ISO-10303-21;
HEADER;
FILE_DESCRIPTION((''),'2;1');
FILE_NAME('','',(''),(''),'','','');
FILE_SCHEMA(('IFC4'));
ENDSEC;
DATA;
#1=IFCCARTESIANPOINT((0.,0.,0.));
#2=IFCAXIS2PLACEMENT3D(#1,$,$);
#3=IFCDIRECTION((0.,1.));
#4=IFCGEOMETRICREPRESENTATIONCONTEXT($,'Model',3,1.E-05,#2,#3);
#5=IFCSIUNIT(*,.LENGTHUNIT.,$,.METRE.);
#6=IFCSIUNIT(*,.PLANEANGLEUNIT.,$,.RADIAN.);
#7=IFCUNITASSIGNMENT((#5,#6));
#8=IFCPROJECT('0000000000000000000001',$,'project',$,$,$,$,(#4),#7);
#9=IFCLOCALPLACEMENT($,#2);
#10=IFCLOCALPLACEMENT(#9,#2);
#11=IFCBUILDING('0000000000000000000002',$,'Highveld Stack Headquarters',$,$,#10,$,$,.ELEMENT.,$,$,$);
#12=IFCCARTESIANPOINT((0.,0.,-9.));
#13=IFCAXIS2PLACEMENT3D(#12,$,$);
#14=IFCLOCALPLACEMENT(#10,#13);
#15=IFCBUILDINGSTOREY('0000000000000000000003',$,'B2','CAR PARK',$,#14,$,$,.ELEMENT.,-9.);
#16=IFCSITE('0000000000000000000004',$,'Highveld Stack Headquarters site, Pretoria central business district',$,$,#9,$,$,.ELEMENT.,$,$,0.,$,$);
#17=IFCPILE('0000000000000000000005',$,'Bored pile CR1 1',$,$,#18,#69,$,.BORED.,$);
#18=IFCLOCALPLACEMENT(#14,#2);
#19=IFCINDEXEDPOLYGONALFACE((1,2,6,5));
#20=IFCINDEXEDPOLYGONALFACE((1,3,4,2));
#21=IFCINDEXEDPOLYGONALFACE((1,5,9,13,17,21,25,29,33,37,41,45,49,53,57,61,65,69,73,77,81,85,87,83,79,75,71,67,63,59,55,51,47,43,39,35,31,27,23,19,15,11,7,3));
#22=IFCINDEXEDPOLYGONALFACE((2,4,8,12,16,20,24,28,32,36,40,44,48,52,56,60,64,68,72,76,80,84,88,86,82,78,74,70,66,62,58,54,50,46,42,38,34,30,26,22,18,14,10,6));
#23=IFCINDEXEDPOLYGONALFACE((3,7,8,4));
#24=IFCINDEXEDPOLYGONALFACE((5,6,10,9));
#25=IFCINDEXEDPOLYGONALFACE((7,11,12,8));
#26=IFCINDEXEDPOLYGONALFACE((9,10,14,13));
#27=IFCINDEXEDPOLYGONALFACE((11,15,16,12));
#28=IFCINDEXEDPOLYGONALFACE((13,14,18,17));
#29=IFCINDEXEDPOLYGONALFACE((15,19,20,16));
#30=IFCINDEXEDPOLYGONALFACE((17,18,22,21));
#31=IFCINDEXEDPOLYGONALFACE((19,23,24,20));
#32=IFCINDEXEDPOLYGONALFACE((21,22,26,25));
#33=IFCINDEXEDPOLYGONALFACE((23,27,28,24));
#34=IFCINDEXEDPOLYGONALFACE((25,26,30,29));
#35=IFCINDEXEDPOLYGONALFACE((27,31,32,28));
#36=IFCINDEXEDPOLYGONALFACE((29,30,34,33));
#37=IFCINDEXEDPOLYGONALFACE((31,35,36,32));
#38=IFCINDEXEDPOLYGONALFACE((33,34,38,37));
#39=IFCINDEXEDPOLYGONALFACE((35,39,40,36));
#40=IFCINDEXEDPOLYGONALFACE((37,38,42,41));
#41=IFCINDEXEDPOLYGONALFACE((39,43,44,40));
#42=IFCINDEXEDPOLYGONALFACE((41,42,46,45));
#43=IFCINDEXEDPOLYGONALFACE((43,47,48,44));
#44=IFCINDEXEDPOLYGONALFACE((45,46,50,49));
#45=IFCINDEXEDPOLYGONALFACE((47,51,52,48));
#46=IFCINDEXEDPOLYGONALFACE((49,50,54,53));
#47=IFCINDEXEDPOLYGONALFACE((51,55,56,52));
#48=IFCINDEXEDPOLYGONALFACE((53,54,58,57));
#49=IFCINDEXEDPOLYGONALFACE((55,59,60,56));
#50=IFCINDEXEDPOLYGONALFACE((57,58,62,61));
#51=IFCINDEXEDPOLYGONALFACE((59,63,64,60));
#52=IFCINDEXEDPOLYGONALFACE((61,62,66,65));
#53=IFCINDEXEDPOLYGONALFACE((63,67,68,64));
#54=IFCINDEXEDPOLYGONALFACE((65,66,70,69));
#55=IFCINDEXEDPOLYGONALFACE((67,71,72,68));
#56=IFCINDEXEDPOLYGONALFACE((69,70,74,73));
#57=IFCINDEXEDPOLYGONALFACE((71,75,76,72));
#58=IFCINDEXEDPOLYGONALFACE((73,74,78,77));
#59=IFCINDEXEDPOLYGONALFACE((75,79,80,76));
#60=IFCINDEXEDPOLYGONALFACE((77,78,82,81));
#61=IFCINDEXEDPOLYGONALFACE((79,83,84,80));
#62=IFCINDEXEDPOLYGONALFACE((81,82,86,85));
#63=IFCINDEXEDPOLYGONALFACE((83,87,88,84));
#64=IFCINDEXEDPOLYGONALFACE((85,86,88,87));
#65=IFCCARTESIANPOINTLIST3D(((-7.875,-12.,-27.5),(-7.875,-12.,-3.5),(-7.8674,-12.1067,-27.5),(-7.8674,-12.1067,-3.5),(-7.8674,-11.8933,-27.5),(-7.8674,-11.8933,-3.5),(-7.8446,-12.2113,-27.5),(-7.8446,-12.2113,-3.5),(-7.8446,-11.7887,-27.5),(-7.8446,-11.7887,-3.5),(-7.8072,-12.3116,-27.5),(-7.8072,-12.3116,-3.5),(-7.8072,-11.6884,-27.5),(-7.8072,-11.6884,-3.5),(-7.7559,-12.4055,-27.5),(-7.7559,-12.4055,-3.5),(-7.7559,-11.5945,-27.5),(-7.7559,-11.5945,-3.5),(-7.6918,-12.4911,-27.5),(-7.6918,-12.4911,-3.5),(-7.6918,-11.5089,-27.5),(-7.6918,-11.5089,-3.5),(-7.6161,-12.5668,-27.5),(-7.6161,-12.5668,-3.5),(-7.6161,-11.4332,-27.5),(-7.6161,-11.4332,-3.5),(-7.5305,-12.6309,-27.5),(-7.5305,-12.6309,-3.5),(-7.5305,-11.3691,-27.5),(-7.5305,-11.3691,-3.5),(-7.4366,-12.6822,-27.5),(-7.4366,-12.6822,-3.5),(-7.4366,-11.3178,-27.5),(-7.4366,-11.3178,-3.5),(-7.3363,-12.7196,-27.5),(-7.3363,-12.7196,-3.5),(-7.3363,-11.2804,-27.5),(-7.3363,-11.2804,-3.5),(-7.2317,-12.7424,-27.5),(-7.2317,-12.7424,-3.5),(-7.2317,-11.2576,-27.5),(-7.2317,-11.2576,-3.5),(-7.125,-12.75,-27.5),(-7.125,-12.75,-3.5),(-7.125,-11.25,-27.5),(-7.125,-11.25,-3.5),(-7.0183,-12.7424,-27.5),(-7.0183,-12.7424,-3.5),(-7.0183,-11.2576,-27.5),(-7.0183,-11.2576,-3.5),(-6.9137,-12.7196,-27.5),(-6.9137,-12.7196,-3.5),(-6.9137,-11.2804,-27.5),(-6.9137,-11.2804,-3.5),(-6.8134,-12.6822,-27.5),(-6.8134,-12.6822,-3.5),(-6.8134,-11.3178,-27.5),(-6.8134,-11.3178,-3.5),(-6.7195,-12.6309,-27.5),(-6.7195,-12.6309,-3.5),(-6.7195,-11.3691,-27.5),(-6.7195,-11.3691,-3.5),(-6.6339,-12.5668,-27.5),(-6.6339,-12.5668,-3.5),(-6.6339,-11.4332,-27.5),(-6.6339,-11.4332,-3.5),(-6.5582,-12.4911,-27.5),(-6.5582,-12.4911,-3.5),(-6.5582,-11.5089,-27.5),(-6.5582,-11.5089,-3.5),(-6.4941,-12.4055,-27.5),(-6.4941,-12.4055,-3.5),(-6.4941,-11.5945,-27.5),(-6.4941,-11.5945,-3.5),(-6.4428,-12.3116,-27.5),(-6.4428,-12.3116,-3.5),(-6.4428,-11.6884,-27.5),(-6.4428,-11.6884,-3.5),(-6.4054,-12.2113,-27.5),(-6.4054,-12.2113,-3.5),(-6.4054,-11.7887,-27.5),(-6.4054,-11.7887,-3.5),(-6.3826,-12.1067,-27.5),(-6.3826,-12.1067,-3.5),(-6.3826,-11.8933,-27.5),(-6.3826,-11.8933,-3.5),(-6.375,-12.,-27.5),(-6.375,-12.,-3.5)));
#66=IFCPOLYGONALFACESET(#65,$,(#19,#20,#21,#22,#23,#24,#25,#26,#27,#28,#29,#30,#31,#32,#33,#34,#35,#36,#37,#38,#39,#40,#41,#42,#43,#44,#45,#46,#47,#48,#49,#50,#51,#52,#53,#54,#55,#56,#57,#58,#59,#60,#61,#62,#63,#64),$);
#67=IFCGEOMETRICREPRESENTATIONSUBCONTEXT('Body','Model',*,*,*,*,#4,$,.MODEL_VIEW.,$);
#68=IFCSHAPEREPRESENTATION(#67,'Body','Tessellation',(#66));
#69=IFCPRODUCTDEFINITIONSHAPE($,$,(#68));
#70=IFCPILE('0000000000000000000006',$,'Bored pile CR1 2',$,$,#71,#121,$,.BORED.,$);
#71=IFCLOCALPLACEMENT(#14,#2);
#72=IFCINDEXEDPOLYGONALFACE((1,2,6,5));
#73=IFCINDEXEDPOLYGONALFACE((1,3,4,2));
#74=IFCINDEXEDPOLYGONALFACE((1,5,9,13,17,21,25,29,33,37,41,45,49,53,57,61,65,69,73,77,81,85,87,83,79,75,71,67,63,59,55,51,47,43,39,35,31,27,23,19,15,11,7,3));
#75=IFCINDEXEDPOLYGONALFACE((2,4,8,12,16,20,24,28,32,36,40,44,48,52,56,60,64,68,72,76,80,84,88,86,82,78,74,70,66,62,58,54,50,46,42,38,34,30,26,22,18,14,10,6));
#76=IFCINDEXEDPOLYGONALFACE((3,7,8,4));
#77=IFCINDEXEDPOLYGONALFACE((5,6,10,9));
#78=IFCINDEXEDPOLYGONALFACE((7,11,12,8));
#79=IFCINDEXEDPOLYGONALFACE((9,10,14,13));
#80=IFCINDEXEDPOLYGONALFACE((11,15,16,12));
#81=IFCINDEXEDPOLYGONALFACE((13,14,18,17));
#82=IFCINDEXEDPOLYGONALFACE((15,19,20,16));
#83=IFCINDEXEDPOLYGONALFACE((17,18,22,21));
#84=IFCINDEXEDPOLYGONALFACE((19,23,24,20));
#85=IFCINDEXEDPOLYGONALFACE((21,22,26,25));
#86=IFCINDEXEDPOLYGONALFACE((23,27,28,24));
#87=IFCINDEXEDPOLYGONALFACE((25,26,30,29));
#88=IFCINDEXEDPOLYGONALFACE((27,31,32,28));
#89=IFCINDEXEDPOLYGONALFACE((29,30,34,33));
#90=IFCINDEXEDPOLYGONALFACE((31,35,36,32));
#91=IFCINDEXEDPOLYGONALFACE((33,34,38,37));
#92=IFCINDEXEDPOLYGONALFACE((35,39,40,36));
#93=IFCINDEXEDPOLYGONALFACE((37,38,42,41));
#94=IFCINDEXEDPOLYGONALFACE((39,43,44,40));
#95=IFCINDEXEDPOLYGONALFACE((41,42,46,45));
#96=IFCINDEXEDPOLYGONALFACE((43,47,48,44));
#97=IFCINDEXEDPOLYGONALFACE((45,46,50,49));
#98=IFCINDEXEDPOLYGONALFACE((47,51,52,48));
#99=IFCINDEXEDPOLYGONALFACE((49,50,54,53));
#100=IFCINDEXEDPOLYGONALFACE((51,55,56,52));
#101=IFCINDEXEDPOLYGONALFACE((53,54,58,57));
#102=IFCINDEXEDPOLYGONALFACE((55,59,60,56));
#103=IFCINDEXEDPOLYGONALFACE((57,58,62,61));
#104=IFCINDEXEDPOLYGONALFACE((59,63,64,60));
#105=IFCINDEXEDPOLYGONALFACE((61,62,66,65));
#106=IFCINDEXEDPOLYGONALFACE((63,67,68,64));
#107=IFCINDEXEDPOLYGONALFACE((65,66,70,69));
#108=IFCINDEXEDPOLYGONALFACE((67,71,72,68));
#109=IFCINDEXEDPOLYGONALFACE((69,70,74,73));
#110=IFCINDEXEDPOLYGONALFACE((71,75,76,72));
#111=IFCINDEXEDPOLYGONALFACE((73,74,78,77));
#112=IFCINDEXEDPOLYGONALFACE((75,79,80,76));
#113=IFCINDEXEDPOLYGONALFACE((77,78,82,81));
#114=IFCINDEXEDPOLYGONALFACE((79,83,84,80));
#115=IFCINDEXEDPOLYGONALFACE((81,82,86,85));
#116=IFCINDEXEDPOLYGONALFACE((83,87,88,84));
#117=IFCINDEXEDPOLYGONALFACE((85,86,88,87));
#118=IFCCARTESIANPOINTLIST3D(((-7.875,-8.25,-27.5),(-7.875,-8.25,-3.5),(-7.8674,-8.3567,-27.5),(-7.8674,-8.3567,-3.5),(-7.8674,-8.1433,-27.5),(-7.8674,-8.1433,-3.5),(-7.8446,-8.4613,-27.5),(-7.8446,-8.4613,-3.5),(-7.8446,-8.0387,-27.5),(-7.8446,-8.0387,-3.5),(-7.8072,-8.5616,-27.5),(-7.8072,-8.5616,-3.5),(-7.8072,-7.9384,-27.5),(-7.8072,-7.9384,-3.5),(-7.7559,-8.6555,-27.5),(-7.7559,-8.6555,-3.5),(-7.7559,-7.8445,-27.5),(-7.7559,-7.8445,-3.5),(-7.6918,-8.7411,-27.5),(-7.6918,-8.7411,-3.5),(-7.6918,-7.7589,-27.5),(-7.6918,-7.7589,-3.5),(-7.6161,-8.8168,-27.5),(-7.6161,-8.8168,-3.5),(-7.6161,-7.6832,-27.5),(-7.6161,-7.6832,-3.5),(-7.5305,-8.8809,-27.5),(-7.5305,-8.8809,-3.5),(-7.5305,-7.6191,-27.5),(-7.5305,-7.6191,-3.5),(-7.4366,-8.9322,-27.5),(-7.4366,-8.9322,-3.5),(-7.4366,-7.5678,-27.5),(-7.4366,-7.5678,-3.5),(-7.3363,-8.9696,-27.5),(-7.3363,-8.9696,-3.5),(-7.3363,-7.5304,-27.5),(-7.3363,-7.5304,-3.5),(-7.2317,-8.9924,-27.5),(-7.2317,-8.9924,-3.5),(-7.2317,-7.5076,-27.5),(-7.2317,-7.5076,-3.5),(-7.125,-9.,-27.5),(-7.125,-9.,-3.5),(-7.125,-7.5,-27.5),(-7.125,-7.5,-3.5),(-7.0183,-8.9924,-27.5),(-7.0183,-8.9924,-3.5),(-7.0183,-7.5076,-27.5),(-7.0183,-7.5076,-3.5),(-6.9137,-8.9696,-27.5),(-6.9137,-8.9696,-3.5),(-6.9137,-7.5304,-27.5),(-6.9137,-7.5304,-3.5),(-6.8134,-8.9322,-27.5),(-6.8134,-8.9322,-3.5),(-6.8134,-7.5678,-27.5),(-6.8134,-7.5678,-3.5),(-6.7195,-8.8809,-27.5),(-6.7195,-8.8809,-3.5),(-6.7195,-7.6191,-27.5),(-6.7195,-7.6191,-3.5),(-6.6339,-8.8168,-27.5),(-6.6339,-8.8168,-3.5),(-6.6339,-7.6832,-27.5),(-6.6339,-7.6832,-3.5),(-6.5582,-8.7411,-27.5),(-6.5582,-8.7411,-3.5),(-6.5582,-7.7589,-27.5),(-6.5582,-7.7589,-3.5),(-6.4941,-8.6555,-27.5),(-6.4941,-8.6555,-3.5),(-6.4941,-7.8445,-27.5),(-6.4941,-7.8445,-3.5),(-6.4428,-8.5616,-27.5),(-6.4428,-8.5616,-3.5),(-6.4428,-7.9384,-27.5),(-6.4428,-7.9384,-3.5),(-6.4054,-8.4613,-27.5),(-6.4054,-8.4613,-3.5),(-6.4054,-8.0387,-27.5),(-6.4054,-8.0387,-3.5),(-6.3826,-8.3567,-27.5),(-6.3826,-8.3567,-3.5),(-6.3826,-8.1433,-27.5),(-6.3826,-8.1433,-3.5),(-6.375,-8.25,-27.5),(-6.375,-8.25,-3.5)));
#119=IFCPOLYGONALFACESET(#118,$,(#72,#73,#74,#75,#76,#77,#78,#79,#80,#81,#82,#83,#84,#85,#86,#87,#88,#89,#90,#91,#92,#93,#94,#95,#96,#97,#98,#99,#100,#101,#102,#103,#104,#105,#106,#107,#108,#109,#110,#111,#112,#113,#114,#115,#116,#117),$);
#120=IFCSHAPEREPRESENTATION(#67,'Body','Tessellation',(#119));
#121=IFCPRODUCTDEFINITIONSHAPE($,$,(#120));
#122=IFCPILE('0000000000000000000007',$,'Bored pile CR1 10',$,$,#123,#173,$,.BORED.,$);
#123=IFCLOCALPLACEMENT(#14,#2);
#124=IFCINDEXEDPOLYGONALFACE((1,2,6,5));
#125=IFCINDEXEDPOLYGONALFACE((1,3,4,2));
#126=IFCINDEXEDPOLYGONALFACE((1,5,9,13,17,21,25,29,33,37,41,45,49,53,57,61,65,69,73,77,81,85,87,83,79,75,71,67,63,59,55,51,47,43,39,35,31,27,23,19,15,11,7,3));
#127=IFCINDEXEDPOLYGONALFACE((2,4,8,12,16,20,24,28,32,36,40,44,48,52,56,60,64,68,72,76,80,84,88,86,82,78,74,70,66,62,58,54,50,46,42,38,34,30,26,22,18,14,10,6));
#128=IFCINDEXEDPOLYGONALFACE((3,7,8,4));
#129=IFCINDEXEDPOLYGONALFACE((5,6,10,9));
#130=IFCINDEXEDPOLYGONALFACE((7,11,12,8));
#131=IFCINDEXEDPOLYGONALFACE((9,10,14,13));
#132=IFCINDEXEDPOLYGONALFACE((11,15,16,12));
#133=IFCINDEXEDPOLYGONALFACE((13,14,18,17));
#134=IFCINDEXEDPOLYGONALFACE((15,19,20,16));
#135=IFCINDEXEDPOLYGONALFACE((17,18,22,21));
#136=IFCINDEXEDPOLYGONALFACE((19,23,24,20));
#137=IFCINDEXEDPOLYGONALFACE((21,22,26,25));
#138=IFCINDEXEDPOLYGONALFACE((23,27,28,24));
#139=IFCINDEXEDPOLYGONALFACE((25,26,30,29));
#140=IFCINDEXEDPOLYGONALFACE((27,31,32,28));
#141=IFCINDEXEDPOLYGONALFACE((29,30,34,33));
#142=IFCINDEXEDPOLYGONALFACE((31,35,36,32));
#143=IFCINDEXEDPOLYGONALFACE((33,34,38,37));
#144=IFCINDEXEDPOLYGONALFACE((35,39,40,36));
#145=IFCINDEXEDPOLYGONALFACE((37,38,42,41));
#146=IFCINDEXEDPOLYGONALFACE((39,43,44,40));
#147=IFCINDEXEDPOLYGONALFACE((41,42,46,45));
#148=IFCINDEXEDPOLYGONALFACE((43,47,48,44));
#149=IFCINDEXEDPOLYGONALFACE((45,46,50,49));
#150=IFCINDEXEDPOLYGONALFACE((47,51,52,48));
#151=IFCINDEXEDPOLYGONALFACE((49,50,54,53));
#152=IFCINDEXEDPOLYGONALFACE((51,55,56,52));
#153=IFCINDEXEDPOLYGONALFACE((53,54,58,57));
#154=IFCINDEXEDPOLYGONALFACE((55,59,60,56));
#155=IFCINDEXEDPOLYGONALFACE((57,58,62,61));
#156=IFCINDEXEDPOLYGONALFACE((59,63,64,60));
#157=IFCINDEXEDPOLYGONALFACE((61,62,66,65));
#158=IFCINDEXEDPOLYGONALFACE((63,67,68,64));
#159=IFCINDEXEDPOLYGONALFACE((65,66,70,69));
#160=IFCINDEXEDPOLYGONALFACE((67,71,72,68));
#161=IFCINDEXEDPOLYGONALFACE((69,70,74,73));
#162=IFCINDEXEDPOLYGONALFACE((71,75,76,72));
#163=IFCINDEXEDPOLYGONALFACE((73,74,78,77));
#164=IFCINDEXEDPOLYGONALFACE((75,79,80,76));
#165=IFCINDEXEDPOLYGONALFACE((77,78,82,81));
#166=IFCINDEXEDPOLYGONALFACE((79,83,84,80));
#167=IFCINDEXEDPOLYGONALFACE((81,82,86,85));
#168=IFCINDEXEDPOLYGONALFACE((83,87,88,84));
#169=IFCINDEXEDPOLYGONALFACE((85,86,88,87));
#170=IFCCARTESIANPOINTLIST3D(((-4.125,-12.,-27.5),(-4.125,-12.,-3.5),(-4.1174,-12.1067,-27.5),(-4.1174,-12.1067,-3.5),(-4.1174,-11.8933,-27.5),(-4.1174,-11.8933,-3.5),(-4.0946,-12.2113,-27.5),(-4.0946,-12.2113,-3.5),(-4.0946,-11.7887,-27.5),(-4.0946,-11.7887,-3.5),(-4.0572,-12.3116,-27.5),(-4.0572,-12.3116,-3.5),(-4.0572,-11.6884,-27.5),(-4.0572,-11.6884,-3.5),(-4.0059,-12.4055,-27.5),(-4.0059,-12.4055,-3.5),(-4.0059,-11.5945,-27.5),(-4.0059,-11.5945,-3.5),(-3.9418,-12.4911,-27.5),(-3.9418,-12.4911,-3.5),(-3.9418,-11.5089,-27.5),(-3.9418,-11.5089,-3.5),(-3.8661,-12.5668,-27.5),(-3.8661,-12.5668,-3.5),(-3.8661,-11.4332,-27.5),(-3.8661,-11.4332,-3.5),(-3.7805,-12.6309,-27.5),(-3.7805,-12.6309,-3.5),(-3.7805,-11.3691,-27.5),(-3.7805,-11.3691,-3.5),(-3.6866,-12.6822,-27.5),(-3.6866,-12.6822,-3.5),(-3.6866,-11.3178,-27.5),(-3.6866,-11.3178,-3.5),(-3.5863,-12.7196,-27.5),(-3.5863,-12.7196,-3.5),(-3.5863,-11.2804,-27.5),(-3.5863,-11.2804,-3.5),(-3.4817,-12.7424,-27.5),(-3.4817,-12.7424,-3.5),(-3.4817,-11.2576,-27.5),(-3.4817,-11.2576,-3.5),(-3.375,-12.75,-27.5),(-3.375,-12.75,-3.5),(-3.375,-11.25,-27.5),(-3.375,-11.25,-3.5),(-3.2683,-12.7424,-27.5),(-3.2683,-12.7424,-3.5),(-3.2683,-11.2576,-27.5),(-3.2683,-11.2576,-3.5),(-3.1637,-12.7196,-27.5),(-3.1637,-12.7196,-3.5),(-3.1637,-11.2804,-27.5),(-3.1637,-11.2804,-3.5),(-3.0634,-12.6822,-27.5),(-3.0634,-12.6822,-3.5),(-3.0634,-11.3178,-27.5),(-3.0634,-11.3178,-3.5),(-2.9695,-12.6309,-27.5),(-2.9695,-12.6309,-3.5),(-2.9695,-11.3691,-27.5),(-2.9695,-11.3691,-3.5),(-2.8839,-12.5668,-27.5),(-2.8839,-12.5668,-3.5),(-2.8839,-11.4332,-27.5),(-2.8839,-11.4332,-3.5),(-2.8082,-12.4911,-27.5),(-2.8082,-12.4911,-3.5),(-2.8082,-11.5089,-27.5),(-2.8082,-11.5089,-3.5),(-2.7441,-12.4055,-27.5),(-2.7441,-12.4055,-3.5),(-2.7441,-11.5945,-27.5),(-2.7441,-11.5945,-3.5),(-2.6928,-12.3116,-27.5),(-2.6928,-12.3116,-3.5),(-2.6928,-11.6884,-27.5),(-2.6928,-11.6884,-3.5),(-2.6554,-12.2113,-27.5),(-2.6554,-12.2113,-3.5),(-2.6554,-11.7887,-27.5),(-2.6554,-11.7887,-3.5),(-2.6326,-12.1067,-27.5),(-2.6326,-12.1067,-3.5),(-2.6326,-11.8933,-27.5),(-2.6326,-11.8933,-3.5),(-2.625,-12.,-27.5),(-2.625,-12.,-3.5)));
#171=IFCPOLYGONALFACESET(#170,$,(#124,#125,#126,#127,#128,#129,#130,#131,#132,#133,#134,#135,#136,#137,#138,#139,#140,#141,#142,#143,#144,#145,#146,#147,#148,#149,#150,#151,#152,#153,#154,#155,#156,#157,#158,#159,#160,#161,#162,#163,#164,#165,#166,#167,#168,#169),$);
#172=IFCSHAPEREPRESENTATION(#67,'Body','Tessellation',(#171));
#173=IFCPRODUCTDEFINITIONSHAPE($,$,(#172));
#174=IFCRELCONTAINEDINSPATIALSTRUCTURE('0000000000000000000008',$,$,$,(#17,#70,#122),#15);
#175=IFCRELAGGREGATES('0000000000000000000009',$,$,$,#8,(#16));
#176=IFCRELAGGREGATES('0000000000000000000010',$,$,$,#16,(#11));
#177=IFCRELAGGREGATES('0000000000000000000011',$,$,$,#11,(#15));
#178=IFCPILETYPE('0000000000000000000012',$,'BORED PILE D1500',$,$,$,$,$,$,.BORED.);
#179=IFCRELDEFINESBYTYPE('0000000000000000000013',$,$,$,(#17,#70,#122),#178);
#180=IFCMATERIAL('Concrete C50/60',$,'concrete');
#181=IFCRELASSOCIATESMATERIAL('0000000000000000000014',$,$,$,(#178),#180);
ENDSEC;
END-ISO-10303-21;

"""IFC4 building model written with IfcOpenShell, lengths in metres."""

from ifc_helpers import new_model, si_unit, direction, frame, origin, origin_2d, place, context, subcontext, project, spatial, circle, extrude, material, type_object, element, save


model = new_model("IFC4")

# Units and contexts
model_context = context("Model", 3, precision=1e-05, world=origin(), true_north=direction((0.0, 1.0)))
body_context = subcontext(model_context, "Body", "Model", "MODEL_VIEW")
ifc_project = project(units=[si_unit("LENGTHUNIT", "METRE"), si_unit("PLANEANGLEUNIT", "RADIAN")], contexts=[model_context])

# Site, building, storey
site_placement = place(None, origin())
site = spatial("IfcSite", under=ifc_project, at=site_placement, Name="Highveld Stack Headquarters site, Pretoria central business district", CompositionType="ELEMENT", RefElevation=0.0)
building_placement = place(site_placement, origin())
building = spatial("IfcBuilding", under=site, at=building_placement, Name="Highveld Stack Headquarters", CompositionType="ELEMENT")
storey_placement = place(building_placement, frame((0.0, 0.0, -9.0)))
storey = spatial("IfcBuildingStorey", under=building, at=storey_placement, Name="B2", Description="CAR PARK", CompositionType="ELEMENT", Elevation=-9.0)

# Piles
ifc_material_1 = material(Name="Concrete C50/60", Category="concrete")
pile_type_1 = type_object("IfcPileType", Name="BORED PILE D1500", PredefinedType="BORED", material=ifc_material_1)
for number, where, z_axis, x_axis, name in (
    (1, (-7.125, -12.0, -3.5), (0.0, 0.0, -1.0), (1.0, 0.0, 0.0), "Bored pile CR1 1"),
    (2, (-7.125, -8.25, -3.5), (0.0, 0.0, -1.0), (1.0, 0.0, 0.0), "Bored pile CR1 2"),
    (3, (-3.375, -12.0, -3.5), (0.0, 0.0, -1.0), (1.0, 0.0, 0.0), "Bored pile CR1 10"),
):
    element("IfcPile", number, at=place(storey_placement, frame(where, z_axis=z_axis, x_axis=x_axis)), inside=storey, type_object=pile_type_1, Name=name, PredefinedType="BORED", context=body_context, shape_type="SweptSolid", body=[
        extrude(circle(Radius=0.75, at=origin_2d()), origin(), (0.0, 0.0, 1.0), 24.0),
    ])

save(model, "model.ifc")
